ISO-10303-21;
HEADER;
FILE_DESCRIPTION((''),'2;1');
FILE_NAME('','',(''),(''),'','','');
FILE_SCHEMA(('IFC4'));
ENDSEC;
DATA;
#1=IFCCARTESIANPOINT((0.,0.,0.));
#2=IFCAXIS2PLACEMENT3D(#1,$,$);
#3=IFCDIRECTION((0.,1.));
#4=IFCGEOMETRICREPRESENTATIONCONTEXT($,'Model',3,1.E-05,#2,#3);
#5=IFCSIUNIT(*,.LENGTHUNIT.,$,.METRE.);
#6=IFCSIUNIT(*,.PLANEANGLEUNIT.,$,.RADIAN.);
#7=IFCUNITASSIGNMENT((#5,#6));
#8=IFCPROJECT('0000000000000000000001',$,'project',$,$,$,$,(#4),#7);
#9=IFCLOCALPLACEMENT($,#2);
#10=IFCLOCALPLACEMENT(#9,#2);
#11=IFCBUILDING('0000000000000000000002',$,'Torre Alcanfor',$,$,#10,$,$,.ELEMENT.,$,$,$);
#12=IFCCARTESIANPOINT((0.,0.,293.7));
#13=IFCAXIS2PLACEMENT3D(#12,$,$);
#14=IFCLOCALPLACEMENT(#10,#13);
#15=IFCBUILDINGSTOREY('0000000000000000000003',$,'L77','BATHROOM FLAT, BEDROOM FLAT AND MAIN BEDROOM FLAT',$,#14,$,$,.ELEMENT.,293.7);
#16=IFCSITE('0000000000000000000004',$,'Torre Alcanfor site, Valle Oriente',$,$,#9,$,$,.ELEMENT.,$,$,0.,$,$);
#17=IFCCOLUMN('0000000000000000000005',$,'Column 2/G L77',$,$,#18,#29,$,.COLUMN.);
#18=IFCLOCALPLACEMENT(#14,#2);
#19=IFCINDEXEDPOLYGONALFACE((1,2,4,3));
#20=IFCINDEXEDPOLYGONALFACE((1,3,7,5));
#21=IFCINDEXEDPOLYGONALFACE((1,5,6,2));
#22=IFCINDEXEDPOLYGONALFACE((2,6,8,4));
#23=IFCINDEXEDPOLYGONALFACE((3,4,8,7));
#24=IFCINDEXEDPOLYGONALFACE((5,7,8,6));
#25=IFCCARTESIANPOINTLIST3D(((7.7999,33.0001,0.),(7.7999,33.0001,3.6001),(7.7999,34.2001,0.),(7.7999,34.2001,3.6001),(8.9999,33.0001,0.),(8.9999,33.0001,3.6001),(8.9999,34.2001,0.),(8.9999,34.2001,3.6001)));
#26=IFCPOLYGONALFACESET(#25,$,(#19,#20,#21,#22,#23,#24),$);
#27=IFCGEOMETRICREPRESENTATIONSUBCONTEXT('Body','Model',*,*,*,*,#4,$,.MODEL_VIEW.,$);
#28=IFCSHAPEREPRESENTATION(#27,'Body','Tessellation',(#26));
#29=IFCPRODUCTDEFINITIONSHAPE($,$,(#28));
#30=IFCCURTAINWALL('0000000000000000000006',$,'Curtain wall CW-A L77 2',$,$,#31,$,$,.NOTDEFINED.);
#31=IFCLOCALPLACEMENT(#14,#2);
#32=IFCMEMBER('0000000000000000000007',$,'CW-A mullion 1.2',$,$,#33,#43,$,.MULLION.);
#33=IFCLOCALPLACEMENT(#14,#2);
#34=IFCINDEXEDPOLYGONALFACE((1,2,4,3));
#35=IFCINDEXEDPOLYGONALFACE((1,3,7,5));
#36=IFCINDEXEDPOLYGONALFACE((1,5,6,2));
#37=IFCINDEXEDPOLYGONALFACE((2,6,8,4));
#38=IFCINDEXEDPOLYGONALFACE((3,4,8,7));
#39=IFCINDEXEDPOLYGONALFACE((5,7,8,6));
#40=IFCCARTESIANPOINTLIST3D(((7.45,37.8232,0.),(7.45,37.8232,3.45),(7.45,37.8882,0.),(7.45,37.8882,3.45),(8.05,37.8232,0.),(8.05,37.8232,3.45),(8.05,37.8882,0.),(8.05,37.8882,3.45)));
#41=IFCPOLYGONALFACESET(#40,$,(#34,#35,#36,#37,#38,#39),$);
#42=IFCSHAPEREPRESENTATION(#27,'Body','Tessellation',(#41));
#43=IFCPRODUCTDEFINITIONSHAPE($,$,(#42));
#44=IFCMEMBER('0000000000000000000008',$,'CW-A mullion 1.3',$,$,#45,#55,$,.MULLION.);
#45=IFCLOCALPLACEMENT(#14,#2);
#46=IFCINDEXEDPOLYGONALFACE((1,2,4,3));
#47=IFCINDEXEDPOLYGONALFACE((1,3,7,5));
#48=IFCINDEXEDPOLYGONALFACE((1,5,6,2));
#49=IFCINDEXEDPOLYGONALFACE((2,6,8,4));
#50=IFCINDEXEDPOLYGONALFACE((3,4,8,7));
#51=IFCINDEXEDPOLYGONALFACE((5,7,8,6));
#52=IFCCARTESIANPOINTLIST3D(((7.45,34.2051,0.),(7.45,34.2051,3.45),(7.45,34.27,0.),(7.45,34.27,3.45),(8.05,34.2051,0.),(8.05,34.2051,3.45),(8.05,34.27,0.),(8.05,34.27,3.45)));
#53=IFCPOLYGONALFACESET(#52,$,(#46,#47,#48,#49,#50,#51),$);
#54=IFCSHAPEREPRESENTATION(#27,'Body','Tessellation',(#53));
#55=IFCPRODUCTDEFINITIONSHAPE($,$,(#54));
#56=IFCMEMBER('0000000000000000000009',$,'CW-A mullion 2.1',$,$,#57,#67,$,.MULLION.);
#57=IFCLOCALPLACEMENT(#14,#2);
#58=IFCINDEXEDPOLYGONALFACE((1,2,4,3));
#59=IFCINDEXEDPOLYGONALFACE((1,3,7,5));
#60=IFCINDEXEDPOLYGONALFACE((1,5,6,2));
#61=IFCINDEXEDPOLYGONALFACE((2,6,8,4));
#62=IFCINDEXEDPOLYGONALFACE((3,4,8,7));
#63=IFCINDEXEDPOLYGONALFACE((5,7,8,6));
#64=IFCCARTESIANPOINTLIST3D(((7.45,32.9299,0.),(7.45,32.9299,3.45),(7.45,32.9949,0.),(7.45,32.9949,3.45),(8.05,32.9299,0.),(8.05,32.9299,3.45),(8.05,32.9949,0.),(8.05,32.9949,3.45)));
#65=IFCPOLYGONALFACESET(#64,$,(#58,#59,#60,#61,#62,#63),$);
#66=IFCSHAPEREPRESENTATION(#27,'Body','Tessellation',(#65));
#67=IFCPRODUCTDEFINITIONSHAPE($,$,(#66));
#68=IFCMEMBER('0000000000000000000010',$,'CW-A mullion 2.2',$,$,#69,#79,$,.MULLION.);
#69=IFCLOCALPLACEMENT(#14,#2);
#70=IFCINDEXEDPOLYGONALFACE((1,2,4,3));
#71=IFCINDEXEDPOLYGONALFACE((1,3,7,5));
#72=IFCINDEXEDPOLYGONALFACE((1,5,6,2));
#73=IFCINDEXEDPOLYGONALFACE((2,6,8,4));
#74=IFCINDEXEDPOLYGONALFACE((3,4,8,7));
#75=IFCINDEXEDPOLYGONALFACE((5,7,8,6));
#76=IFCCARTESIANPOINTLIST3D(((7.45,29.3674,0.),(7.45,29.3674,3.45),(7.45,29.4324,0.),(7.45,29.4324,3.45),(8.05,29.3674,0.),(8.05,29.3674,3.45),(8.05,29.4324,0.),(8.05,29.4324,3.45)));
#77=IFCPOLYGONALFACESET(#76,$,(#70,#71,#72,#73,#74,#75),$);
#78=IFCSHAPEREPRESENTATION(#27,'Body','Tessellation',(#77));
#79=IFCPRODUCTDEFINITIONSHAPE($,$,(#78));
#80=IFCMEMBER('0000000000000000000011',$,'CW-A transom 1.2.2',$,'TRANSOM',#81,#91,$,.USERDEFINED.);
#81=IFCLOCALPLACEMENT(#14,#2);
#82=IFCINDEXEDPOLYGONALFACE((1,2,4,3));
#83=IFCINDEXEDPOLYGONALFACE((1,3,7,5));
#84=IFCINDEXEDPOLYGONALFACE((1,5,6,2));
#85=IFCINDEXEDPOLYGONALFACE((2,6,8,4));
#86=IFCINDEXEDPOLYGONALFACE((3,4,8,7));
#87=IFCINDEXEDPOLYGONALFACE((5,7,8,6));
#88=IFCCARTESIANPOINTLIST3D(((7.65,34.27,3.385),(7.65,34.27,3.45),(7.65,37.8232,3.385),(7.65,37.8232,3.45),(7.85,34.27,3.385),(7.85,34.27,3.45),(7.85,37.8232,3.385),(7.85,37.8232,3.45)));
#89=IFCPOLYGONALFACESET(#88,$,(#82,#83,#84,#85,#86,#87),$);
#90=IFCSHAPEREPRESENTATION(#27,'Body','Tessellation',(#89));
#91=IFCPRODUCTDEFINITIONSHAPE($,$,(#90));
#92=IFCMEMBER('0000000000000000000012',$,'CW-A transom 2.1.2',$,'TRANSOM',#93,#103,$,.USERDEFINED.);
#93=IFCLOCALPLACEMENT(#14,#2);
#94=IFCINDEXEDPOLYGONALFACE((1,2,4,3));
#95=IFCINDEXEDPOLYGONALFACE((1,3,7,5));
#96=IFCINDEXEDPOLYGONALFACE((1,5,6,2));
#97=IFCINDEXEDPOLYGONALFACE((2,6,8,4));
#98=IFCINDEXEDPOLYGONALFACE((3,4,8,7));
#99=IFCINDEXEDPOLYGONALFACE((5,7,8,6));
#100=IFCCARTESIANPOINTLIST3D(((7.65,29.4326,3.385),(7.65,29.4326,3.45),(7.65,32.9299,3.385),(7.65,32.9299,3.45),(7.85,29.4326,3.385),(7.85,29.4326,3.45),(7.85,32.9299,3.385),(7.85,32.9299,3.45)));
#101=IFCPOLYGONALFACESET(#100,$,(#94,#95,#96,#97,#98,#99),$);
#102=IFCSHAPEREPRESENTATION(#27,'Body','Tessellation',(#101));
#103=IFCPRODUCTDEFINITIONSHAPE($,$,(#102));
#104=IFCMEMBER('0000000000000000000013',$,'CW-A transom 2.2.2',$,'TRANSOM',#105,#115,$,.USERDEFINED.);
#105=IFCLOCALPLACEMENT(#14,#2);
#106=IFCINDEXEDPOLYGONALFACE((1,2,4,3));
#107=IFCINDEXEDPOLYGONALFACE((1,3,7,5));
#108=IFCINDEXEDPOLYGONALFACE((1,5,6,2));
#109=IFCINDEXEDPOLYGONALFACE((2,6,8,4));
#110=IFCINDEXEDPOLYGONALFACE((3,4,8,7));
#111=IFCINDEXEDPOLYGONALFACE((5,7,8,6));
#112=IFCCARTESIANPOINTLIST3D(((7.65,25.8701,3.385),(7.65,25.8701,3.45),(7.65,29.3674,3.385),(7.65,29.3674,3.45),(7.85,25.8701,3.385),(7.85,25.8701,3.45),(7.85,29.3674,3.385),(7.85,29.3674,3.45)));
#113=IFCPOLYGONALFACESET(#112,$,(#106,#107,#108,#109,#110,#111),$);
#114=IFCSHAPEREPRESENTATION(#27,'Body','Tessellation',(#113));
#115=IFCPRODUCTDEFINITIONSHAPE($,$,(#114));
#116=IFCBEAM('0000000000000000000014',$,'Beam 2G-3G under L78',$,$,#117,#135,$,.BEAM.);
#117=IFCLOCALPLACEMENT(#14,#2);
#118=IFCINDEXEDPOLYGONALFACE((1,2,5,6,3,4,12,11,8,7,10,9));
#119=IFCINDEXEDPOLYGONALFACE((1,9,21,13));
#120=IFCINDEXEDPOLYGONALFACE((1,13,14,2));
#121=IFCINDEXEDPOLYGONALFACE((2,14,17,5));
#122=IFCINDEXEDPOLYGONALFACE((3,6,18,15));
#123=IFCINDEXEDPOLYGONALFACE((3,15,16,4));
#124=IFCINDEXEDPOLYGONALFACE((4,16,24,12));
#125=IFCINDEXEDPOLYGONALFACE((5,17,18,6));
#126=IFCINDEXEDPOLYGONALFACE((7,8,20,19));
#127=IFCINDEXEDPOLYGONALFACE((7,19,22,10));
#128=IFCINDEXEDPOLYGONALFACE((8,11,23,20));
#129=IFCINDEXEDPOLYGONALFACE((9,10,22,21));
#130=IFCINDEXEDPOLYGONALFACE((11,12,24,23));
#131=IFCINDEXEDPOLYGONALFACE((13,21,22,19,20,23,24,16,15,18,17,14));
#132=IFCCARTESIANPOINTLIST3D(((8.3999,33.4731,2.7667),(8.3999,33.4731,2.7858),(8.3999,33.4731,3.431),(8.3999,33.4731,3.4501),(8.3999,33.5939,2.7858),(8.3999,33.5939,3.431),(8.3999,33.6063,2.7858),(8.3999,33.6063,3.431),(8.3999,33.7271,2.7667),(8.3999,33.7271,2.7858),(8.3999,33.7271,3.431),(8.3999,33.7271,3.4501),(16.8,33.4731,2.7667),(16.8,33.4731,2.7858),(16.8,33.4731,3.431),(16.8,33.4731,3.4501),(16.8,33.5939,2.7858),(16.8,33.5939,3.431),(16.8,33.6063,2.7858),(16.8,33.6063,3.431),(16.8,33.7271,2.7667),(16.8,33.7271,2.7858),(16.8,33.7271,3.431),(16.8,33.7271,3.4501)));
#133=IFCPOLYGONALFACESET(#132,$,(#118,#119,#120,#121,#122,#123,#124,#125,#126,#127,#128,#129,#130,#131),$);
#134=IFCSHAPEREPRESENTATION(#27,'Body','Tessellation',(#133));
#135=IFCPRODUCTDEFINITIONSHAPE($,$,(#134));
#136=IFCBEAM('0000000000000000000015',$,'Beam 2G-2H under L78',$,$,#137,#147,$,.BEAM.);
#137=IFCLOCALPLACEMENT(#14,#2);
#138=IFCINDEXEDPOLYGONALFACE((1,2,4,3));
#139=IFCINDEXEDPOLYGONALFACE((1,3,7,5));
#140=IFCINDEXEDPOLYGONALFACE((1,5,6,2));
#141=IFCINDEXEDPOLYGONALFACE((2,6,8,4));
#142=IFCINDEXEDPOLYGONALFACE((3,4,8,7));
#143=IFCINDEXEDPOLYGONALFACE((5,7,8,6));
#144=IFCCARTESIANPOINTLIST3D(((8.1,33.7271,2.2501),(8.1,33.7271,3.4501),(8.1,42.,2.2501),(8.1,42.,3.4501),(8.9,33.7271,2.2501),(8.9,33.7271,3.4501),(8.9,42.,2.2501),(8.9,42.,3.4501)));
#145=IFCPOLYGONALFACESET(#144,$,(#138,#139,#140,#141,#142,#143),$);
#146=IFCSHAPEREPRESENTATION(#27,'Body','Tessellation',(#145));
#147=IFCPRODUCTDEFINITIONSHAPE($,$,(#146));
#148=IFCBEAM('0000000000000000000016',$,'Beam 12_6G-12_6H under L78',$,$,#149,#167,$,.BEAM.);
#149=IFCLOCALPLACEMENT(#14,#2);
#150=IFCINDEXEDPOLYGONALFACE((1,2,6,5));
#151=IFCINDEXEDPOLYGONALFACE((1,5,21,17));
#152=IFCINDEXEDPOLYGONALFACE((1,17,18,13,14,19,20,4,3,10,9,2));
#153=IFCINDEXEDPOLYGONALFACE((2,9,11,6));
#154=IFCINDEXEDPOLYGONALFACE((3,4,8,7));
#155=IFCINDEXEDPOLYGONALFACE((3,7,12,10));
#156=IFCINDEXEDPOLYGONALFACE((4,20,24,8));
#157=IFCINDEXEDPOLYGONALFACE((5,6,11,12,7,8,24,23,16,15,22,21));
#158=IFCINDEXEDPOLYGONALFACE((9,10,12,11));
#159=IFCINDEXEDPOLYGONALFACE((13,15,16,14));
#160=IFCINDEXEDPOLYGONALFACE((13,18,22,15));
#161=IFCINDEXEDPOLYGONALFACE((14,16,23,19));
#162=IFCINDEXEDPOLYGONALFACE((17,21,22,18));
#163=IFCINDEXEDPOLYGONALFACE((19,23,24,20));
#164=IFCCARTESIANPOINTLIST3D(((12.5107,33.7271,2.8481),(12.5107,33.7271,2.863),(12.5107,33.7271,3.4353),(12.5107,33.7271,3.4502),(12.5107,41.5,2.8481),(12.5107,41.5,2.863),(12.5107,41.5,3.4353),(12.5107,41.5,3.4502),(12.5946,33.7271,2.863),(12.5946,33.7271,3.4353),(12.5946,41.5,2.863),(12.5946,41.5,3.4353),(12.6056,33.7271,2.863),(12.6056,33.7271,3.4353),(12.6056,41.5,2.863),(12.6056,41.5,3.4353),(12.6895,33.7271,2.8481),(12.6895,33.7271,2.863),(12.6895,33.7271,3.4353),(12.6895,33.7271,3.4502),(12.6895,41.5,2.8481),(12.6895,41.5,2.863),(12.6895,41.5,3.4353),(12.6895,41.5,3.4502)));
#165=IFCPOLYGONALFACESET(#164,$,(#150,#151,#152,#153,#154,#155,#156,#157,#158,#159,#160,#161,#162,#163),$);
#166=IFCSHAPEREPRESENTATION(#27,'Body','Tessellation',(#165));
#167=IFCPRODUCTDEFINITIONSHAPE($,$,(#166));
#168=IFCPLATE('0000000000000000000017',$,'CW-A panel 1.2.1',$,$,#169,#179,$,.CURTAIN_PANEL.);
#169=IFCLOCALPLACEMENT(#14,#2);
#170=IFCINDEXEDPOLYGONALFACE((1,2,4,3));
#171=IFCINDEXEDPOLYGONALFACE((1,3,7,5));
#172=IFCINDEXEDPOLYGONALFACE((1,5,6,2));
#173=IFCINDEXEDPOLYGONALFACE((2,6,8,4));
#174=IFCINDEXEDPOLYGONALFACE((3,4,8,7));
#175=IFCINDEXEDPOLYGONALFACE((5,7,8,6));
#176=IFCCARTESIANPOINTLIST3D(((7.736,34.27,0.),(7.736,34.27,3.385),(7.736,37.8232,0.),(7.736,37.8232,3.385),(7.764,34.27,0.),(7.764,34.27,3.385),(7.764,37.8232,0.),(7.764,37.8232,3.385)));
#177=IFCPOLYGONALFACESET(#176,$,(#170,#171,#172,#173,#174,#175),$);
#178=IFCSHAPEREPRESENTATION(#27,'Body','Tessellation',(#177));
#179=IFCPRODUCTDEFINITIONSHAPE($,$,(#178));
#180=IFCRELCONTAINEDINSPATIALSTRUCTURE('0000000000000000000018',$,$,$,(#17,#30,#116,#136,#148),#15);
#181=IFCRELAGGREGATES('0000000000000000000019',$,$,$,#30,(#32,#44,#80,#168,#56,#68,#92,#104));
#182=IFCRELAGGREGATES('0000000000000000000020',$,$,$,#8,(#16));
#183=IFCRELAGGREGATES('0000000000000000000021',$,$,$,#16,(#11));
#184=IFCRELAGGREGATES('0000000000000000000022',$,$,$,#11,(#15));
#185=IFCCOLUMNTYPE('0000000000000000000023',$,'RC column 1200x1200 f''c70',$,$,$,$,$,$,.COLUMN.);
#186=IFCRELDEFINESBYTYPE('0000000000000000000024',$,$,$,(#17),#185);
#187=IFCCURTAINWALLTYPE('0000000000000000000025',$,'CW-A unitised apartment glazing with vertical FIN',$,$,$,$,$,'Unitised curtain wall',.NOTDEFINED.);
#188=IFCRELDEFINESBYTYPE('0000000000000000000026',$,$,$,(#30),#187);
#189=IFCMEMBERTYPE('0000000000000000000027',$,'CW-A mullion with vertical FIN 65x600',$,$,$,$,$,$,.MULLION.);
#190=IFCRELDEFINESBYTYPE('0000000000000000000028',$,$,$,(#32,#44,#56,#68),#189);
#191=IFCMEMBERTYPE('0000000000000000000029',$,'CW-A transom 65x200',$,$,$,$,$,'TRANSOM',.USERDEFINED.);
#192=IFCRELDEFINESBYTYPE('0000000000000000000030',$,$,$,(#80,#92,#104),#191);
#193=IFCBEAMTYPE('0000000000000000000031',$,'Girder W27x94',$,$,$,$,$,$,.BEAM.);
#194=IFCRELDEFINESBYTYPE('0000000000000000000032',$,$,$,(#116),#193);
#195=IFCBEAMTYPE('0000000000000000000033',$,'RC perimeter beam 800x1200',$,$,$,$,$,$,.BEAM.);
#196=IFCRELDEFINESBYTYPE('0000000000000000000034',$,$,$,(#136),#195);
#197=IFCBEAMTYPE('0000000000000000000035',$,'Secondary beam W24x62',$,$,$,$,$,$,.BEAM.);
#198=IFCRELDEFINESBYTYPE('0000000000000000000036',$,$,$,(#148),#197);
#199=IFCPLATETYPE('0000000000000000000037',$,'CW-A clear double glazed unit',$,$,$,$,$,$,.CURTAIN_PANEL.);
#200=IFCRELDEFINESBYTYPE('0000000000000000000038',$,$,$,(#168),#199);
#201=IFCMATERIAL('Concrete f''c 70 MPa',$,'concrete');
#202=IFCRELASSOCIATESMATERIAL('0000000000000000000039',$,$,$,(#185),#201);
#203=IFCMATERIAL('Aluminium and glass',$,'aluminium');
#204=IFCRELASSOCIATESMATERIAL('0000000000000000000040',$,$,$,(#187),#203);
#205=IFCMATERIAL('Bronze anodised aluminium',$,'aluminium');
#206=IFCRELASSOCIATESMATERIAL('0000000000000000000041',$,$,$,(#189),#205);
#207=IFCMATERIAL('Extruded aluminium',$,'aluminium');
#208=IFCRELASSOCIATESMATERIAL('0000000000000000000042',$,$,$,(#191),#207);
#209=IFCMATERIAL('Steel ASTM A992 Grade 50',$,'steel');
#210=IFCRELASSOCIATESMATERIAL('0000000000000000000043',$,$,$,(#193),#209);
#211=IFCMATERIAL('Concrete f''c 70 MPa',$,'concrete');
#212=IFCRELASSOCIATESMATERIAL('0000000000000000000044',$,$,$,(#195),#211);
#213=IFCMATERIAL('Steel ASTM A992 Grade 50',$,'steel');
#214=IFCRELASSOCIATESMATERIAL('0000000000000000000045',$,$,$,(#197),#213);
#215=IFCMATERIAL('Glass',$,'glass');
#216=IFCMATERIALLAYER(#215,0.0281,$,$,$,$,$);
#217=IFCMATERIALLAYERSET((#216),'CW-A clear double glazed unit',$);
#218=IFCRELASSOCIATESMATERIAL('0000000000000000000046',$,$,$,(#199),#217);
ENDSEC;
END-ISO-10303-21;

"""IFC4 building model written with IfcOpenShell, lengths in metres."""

from ifc_helpers import new_model, si_unit, direction, frame, origin, origin_2d, place, context, subcontext, project, spatial, rectangle, i_section, extrude, material, layer, layer_set, material_profile, profile_set, type_object, element, aggregate, save


model = new_model("IFC4")

# Units and contexts
model_context = context("Model", 3, precision=1e-05, world=origin(), true_north=direction((0.0, 1.0)))
body_context = subcontext(model_context, "Body", "Model", "MODEL_VIEW")
ifc_project = project(units=[si_unit("LENGTHUNIT", "METRE"), si_unit("PLANEANGLEUNIT", "RADIAN")], contexts=[model_context])

# Site, building, storey
site_placement = place(None, origin())
site = spatial("IfcSite", under=ifc_project, at=site_placement, Name="Torre Alcanfor site, Valle Oriente", CompositionType="ELEMENT", RefElevation=0.0)
building_placement = place(site_placement, origin())
building = spatial("IfcBuilding", under=site, at=building_placement, Name="Torre Alcanfor", CompositionType="ELEMENT")
storey_placement = place(building_placement, frame((0.0, 0.0, 293.7)))
storey = spatial("IfcBuildingStorey", under=building, at=storey_placement, Name="L77", Description="BATHROOM FLAT, BEDROOM FLAT AND MAIN BEDROOM FLAT", CompositionType="ELEMENT", Elevation=293.7)

# Column
ifc_material_1 = material(Name="Concrete f'c 70 MPa", Category="concrete")
ifc_material_profile_1 = material_profile(ifc_material_1, rectangle(XDim=1.2, YDim=1.2, at=origin_2d()), Name="1200x1200")
ifc_profile_set_1 = profile_set([ifc_material_profile_1], Name="Concrete f'c 70 MPa")
column_type = type_object("IfcColumnType", Name="RC column 1200x1200 f'c70", PredefinedType="COLUMN", material=ifc_profile_set_1)
column_placement = place(storey_placement, frame((8.3999, 33.6001, 0.0), z_axis=(0.0, 0.0, 1.0), x_axis=(1.0, 0.0, 0.0)))
element("IfcColumn", 1, at=column_placement, inside=storey, type_object=column_type, Name="Column 2/G L77", PredefinedType="COLUMN", context=body_context, shape_type="SweptSolid", body=[
    extrude(rectangle(XDim=1.2, YDim=1.2, at=origin_2d()), origin(), (0.0, 0.0, 1.0), 3.6001),
])

# Curtain wall, members
ifc_material_2 = material(Name="Aluminium and glass", Category="aluminium")
curtain_wall_type = type_object("IfcCurtainWallType", Name="CW-A unitised apartment glazing with vertical FIN", ElementType="Unitised curtain wall", PredefinedType="NOTDEFINED", material=ifc_material_2)
curtain_wall_placement = place(storey_placement, origin())
curtain_wall = element("IfcCurtainWall", 2, at=curtain_wall_placement, inside=storey, type_object=curtain_wall_type, Name="Curtain wall CW-A L77 2", PredefinedType="NOTDEFINED")
ifc_material_3 = material(Name="Bronze anodised aluminium", Category="aluminium")
ifc_material_profile_2 = material_profile(ifc_material_3, rectangle(XDim=0.6001, YDim=0.0649, at=origin_2d()), Name="CW-A mullion 65x600")
ifc_profile_set_2 = profile_set([ifc_material_profile_2], Name="Bronze anodised aluminium")
member_type_1 = type_object("IfcMemberType", Name="CW-A mullion with vertical FIN 65x600", PredefinedType="MULLION", material=ifc_profile_set_2)
member_1_placement = place(storey_placement, frame((7.75, 37.8557, 0.0), z_axis=(0.0, 0.0, 1.0), x_axis=(1.0, 0.0, 0.0)))
member_1 = element("IfcMember", 3, at=member_1_placement, type_object=member_type_1, Name="CW-A mullion 1.2", PredefinedType="MULLION", context=body_context, shape_type="SweptSolid", body=[
    extrude(rectangle(XDim=0.6001, YDim=0.0649, at=origin_2d()), origin(), (0.0, 0.0, 1.0), 3.45),
])
member_2_placement = place(storey_placement, frame((7.75, 34.2375, 0.0), z_axis=(0.0, 0.0, 1.0), x_axis=(1.0, 0.0, 0.0)))
member_2 = element("IfcMember", 4, at=member_2_placement, type_object=member_type_1, Name="CW-A mullion 1.3", PredefinedType="MULLION", context=body_context, shape_type="SweptSolid", body=[
    extrude(rectangle(XDim=0.6001, YDim=0.0649, at=origin_2d()), origin(), (0.0, 0.0, 1.0), 3.45),
])
member_3_placement = place(storey_placement, frame((7.75, 32.9624, 0.0), z_axis=(0.0, 0.0, 1.0), x_axis=(1.0, 0.0, 0.0)))
member_3 = element("IfcMember", 5, at=member_3_placement, type_object=member_type_1, Name="CW-A mullion 2.1", PredefinedType="MULLION", context=body_context, shape_type="SweptSolid", body=[
    extrude(rectangle(XDim=0.6001, YDim=0.0649, at=origin_2d()), origin(), (0.0, 0.0, 1.0), 3.45),
])
member_4_placement = place(storey_placement, frame((7.75, 29.3999, 0.0), z_axis=(0.0, 0.0, 1.0), x_axis=(1.0, 0.0, 0.0)))
member_4 = element("IfcMember", 6, at=member_4_placement, type_object=member_type_1, Name="CW-A mullion 2.2", PredefinedType="MULLION", context=body_context, shape_type="SweptSolid", body=[
    extrude(rectangle(XDim=0.6001, YDim=0.0649, at=origin_2d()), origin(), (0.0, 0.0, 1.0), 3.45),
])
ifc_material_4 = material(Name="Extruded aluminium", Category="aluminium")
ifc_material_profile_3 = material_profile(ifc_material_4, rectangle(XDim=0.2, YDim=0.0649, at=origin_2d()), Name="CW-A transom 200x65")
ifc_profile_set_3 = profile_set([ifc_material_profile_3], Name="Extruded aluminium")
member_type_2 = type_object("IfcMemberType", Name="CW-A transom 65x200", ElementType="TRANSOM", PredefinedType="USERDEFINED", material=ifc_profile_set_3)
member_5_placement = place(storey_placement, frame((7.75, 37.8232, 3.4175), z_axis=(0.0, -1.0, 0.0), x_axis=(1.0, 0.0, 0.0)))
member_5 = element("IfcMember", 7, at=member_5_placement, type_object=member_type_2, Name="CW-A transom 1.2.2", ObjectType="TRANSOM", PredefinedType="USERDEFINED", context=body_context, shape_type="SweptSolid", body=[
    extrude(rectangle(XDim=0.2, YDim=0.0649, at=origin_2d()), origin(), (0.0, 0.0, 1.0), 3.5532),
])
member_6_placement = place(storey_placement, frame((7.75, 32.9299, 3.4175), z_axis=(0.0, -1.0, 0.0), x_axis=(1.0, 0.0, 0.0)))
member_6 = element("IfcMember", 8, at=member_6_placement, type_object=member_type_2, Name="CW-A transom 2.1.2", ObjectType="TRANSOM", PredefinedType="USERDEFINED", context=body_context, shape_type="SweptSolid", body=[
    extrude(rectangle(XDim=0.2, YDim=0.0649, at=origin_2d()), origin(), (0.0, 0.0, 1.0), 3.4973),
])
member_7_placement = place(storey_placement, frame((7.75, 29.3674, 3.4175), z_axis=(0.0, -1.0, 0.0), x_axis=(1.0, 0.0, 0.0)))
member_7 = element("IfcMember", 9, at=member_7_placement, type_object=member_type_2, Name="CW-A transom 2.2.2", ObjectType="TRANSOM", PredefinedType="USERDEFINED", context=body_context, shape_type="SweptSolid", body=[
    extrude(rectangle(XDim=0.2, YDim=0.0649, at=origin_2d()), origin(), (0.0, 0.0, 1.0), 3.4973),
])

# Beams
ifc_material_5 = material(Name="Steel ASTM A992 Grade 50", Category="steel")
ifc_material_profile_4 = material_profile(ifc_material_5, i_section(OverallWidth=0.2539, OverallDepth=0.6833, WebThickness=0.0125, FlangeThickness=0.019, at=origin_2d()), Name="W27x94")
ifc_profile_set_4 = profile_set([ifc_material_profile_4], Name="Steel ASTM A992 Grade 50")
beam_type_1 = type_object("IfcBeamType", Name="Girder W27x94", PredefinedType="BEAM", material=ifc_profile_set_4)
beam_1_placement = place(storey_placement, frame((8.3999, 33.6001, 3.1084), z_axis=(1.0, 0.0, 0.0), x_axis=(0.0, 1.0, 0.0)))
element("IfcBeam", 10, at=beam_1_placement, inside=storey, type_object=beam_type_1, Name="Beam 2G-3G under L78", PredefinedType="BEAM", context=body_context, shape_type="SweptSolid", body=[
    extrude(i_section(OverallWidth=0.2539, OverallDepth=0.6833, WebThickness=0.0125, FlangeThickness=0.019, at=origin_2d()), origin(), (0.0, 0.0, 1.0), 8.4001),
])
ifc_material_6 = material(Name="Concrete f'c 70 MPa", Category="concrete")
ifc_material_profile_5 = material_profile(ifc_material_6, rectangle(XDim=0.8, YDim=1.2, at=origin_2d()), Name="800x1200")
ifc_profile_set_5 = profile_set([ifc_material_profile_5], Name="Concrete f'c 70 MPa")
beam_type_2 = type_object("IfcBeamType", Name="RC perimeter beam 800x1200", PredefinedType="BEAM", material=ifc_profile_set_5)
beam_2_placement = place(storey_placement, frame((8.5, 33.7271, 2.8501), z_axis=(0.0, 1.0, 0.0), x_axis=(-1.0, 0.0, 0.0)))
element("IfcBeam", 11, at=beam_2_placement, inside=storey, type_object=beam_type_2, Name="Beam 2G-2H under L78", PredefinedType="BEAM", context=body_context, shape_type="SweptSolid", body=[
    extrude(rectangle(XDim=0.8, YDim=1.2, at=origin_2d()), origin(), (0.0, 0.0, 1.0), 8.2729),
])
ifc_material_7 = material(Name="Steel ASTM A992 Grade 50", Category="steel")
ifc_material_profile_6 = material_profile(ifc_material_7, i_section(OverallWidth=0.1787, OverallDepth=0.6021, WebThickness=0.011, FlangeThickness=0.0149, at=origin_2d()), Name="W24x62")
ifc_profile_set_6 = profile_set([ifc_material_profile_6], Name="Steel ASTM A992 Grade 50")
beam_type_3 = type_object("IfcBeamType", Name="Secondary beam W24x62", PredefinedType="BEAM", material=ifc_profile_set_6)
beam_3_placement = place(storey_placement, frame((12.6001, 33.7271, 3.1492), z_axis=(0.0, 1.0, 0.0), x_axis=(-1.0, 0.0, 0.0)))
element("IfcBeam", 12, at=beam_3_placement, inside=storey, type_object=beam_type_3, Name="Beam 12_6G-12_6H under L78", PredefinedType="BEAM", context=body_context, shape_type="SweptSolid", body=[
    extrude(i_section(OverallWidth=0.1787, OverallDepth=0.6021, WebThickness=0.011, FlangeThickness=0.0149, at=origin_2d()), origin(), (0.0, 0.0, 1.0), 7.7729),
])

# Plate
ifc_material_8 = material(Name="Glass", Category="glass")
ifc_layer_1 = layer(ifc_material_8, 0.0281)
ifc_layer_set_1 = layer_set([ifc_layer_1], Name="CW-A clear double glazed unit")
plate_type = type_object("IfcPlateType", Name="CW-A clear double glazed unit", PredefinedType="CURTAIN_PANEL", material=ifc_layer_set_1)
plate_1_placement = place(storey_placement, frame((7.75, 36.0466, 0.0), z_axis=(0.0, 0.0, 1.0), x_axis=(0.0, -1.0, 0.0)))
plate_1 = element("IfcPlate", 13, at=plate_1_placement, type_object=plate_type, Name="CW-A panel 1.2.1", PredefinedType="CURTAIN_PANEL", context=body_context, shape_type="SweptSolid", body=[
    extrude(rectangle(XDim=3.5532, YDim=0.0281, at=origin_2d()), origin(), (0.0, 0.0, 1.0), 3.385),
])
aggregate(curtain_wall, [member_1, member_2, member_5, plate_1, member_3, member_4, member_6, member_7])

save(model, "model.ifc")
